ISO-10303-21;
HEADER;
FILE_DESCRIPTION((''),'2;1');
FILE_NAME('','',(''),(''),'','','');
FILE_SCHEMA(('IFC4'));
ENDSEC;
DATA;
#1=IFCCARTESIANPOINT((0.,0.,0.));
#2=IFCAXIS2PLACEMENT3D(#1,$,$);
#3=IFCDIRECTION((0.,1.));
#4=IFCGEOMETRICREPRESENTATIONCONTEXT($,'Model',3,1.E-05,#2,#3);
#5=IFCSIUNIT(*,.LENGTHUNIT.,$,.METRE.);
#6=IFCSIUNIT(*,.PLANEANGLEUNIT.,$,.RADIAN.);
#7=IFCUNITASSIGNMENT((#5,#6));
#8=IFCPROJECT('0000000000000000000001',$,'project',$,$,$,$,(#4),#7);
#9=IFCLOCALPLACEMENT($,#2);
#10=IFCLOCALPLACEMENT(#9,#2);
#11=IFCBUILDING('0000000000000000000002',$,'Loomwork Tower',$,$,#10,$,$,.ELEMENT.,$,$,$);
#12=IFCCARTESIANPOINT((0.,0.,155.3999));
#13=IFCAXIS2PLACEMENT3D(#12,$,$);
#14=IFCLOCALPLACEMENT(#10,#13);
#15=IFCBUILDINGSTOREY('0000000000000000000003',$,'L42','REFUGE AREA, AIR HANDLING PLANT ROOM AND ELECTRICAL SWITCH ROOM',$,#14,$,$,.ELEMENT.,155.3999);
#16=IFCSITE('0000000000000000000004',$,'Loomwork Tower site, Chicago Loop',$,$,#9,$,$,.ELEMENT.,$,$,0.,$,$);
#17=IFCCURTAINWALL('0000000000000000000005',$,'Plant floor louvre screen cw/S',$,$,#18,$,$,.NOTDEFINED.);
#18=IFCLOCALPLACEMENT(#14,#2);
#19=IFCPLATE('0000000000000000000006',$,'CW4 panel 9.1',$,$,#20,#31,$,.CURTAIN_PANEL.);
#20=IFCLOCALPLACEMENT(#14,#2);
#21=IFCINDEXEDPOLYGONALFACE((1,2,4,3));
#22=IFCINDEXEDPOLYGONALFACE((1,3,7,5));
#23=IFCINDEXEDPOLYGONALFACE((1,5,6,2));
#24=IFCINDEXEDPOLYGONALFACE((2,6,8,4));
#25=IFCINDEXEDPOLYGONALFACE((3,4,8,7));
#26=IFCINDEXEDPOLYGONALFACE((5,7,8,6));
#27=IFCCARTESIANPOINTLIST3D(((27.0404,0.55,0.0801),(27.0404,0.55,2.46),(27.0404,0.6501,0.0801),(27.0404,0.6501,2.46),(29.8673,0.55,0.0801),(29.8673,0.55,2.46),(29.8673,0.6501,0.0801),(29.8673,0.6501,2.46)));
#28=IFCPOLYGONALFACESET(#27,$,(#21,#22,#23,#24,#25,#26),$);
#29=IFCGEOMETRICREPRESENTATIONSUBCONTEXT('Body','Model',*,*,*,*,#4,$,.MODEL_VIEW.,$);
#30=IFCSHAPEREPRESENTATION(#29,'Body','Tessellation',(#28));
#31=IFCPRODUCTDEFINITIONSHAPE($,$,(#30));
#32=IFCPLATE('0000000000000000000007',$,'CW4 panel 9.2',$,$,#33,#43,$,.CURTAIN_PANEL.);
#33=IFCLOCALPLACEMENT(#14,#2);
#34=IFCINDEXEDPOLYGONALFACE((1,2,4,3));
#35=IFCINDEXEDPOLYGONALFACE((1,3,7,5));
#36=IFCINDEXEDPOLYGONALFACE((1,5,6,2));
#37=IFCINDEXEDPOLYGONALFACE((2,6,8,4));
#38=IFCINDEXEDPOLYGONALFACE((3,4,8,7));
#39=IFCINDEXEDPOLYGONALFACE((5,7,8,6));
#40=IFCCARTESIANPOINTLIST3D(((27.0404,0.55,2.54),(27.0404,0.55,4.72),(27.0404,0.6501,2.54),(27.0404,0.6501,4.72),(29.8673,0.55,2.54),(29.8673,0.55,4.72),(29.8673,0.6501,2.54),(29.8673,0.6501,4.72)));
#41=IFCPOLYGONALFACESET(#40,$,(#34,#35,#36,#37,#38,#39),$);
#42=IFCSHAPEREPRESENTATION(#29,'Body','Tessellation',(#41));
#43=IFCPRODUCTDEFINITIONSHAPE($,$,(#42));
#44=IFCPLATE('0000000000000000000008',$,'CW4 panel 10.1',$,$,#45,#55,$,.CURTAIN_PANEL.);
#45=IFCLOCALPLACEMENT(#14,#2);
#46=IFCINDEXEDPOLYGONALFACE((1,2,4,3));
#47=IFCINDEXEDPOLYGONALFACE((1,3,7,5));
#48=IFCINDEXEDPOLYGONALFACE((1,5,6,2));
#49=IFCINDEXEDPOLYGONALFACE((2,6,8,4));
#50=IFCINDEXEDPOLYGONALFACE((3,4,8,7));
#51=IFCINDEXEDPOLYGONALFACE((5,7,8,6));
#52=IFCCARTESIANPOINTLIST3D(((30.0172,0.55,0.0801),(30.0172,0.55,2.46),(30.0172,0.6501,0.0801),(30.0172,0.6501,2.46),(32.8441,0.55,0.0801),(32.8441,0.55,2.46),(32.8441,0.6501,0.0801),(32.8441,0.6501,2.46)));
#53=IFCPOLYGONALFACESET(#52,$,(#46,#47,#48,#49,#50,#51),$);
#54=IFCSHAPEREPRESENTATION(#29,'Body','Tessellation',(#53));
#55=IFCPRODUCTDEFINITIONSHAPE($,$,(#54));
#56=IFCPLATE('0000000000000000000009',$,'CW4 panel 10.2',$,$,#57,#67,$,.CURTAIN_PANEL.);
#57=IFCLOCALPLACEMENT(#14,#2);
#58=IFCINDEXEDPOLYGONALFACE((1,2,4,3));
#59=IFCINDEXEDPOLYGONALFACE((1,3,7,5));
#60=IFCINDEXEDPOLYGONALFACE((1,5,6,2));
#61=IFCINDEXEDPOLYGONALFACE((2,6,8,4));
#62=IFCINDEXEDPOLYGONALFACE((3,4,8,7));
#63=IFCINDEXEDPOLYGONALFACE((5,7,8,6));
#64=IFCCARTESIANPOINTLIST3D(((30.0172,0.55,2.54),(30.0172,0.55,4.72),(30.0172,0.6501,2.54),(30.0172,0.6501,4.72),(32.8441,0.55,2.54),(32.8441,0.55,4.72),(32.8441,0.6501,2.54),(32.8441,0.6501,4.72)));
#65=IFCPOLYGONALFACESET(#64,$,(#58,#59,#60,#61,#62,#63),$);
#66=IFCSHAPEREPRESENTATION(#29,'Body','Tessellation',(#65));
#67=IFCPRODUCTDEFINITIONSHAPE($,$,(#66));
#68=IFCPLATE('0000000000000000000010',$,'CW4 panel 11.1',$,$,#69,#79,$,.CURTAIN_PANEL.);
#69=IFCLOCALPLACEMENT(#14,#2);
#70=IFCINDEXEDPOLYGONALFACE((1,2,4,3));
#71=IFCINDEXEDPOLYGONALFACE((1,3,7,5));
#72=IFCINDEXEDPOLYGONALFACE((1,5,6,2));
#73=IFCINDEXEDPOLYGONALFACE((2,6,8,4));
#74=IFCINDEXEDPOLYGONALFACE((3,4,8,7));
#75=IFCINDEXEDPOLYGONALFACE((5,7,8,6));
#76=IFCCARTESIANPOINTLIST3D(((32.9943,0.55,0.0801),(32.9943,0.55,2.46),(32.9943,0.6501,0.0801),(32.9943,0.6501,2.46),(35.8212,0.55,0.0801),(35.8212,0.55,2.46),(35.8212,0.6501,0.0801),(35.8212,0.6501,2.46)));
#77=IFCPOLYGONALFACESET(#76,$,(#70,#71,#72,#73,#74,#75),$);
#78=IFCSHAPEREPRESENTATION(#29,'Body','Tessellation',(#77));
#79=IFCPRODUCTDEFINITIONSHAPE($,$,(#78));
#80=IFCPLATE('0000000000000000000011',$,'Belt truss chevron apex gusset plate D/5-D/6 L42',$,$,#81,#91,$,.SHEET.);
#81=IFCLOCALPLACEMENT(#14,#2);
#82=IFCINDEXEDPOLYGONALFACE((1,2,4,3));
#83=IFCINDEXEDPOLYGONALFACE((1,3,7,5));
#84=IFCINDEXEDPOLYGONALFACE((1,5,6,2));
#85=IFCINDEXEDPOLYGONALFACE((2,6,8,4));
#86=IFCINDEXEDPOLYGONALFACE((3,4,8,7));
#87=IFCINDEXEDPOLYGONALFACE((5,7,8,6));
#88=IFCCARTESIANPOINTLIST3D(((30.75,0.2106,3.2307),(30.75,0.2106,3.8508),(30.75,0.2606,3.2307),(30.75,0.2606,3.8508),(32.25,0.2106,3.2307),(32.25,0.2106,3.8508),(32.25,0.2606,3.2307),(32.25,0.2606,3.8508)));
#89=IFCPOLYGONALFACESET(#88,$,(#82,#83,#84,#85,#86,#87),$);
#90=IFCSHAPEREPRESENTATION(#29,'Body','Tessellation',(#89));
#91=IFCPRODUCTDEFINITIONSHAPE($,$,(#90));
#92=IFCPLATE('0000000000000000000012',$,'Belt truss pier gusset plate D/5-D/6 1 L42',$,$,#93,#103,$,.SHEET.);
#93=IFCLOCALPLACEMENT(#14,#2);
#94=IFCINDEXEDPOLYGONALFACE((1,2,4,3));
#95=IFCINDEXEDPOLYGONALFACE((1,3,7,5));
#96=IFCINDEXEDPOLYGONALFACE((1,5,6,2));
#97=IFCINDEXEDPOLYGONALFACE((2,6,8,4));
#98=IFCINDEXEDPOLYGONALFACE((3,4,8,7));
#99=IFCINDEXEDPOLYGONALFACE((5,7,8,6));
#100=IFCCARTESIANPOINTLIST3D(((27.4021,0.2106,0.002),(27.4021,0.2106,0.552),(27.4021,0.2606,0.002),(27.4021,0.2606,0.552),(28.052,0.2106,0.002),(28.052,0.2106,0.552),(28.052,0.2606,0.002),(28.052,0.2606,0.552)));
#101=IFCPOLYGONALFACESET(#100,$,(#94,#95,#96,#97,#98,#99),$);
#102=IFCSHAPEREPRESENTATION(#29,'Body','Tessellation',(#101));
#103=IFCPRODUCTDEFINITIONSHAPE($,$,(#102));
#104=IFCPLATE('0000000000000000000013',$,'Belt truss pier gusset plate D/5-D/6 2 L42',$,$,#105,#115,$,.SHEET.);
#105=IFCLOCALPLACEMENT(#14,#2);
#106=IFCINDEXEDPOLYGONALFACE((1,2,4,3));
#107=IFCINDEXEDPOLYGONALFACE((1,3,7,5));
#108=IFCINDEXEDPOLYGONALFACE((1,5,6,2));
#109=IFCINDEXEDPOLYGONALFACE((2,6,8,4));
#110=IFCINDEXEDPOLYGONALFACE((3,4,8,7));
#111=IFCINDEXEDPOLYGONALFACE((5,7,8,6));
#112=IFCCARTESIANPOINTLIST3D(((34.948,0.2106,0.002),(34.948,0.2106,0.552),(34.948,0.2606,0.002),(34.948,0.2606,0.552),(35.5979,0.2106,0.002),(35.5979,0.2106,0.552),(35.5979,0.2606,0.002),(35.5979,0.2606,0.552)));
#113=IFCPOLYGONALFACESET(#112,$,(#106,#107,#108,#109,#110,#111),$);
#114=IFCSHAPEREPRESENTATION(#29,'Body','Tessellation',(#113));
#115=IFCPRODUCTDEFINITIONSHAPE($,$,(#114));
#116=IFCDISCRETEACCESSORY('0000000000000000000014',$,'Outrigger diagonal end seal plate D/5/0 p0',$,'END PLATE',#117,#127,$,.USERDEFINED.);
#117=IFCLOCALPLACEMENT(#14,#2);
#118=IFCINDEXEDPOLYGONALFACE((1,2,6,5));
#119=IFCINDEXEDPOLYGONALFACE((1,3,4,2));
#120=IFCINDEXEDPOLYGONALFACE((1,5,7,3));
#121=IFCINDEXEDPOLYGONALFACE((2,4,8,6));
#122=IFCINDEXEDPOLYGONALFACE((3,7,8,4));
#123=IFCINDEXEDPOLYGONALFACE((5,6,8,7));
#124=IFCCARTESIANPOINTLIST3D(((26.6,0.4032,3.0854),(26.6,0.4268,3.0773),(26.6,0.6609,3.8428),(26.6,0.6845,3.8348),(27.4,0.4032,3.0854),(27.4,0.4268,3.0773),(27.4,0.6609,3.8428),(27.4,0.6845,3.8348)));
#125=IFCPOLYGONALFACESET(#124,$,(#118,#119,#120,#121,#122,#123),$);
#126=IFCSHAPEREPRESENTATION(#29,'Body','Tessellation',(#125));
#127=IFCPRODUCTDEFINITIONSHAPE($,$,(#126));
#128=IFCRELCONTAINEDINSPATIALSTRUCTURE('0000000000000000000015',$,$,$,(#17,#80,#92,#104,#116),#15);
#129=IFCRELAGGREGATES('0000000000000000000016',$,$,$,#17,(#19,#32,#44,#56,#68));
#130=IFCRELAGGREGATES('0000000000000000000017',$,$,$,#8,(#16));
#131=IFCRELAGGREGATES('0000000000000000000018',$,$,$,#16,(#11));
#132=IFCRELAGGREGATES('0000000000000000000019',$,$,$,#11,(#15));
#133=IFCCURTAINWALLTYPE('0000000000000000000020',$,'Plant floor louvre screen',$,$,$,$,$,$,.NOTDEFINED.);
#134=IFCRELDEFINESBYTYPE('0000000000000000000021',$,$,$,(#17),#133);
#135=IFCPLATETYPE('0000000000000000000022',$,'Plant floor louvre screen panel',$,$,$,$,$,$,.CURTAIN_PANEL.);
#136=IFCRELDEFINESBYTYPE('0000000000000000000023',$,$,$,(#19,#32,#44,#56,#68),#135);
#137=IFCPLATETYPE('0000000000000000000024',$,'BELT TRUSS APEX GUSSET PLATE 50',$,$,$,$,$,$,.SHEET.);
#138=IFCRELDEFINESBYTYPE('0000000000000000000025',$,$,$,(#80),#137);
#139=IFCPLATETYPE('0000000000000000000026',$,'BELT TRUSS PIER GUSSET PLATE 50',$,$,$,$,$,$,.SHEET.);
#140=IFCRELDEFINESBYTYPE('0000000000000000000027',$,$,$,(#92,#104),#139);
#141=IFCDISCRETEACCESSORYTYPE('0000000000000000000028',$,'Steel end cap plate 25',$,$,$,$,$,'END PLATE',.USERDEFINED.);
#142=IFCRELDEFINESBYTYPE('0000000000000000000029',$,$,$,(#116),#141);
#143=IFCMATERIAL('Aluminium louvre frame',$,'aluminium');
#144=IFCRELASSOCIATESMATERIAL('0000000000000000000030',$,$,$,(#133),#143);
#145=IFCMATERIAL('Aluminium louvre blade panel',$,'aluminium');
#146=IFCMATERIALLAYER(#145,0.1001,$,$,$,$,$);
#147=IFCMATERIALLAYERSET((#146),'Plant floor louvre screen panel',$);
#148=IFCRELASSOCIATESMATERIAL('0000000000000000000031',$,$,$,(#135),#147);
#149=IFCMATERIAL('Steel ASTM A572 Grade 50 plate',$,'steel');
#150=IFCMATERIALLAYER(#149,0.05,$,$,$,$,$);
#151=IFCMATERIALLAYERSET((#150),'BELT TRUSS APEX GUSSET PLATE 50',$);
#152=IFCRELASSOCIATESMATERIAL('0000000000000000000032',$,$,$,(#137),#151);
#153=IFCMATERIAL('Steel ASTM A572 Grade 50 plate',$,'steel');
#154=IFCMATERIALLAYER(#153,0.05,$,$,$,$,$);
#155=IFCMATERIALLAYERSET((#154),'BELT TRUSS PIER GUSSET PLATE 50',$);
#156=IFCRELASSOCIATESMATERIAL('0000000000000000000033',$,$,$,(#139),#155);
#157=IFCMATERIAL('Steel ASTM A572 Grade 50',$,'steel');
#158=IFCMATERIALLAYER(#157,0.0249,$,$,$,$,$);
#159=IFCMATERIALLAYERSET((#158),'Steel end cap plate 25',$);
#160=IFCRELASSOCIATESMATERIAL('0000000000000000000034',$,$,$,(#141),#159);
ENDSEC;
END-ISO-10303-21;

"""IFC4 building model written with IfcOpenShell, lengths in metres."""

from ifc_helpers import new_model, si_unit, direction, frame, origin, origin_2d, place, context, subcontext, project, spatial, rectangle, extrude, material, layer, layer_set, type_object, element, aggregate, save


model = new_model("IFC4")

# Units and contexts
model_context = context("Model", 3, precision=1e-05, world=origin(), true_north=direction((0.0, 1.0)))
body_context = subcontext(model_context, "Body", "Model", "MODEL_VIEW")
ifc_project = project(units=[si_unit("LENGTHUNIT", "METRE"), si_unit("PLANEANGLEUNIT", "RADIAN")], contexts=[model_context])

# Site, building, storey
site_placement = place(None, origin())
site = spatial("IfcSite", under=ifc_project, at=site_placement, Name="Loomwork Tower site, Chicago Loop", CompositionType="ELEMENT", RefElevation=0.0)
building_placement = place(site_placement, origin())
building = spatial("IfcBuilding", under=site, at=building_placement, Name="Loomwork Tower", CompositionType="ELEMENT")
storey_placement = place(building_placement, frame((0.0, 0.0, 155.3999)))
storey = spatial("IfcBuildingStorey", under=building, at=storey_placement, Name="L42", Description="REFUGE AREA, AIR HANDLING PLANT ROOM AND ELECTRICAL SWITCH ROOM", CompositionType="ELEMENT", Elevation=155.3999)

# Curtain wall, plates
ifc_material_1 = material(Name="Aluminium louvre frame", Category="aluminium")
curtain_wall_type = type_object("IfcCurtainWallType", Name="Plant floor louvre screen", PredefinedType="NOTDEFINED", material=ifc_material_1)
curtain_wall_placement = place(storey_placement, origin())
curtain_wall = element("IfcCurtainWall", 1, at=curtain_wall_placement, inside=storey, type_object=curtain_wall_type, Name="Plant floor louvre screen cw/S", PredefinedType="NOTDEFINED")
ifc_material_2 = material(Name="Aluminium louvre blade panel", Category="aluminium")
ifc_layer_1 = layer(ifc_material_2, 0.1001)
ifc_layer_set_1 = layer_set([ifc_layer_1], Name="Plant floor louvre screen panel")
plate_type_1 = type_object("IfcPlateType", Name="Plant floor louvre screen panel", PredefinedType="CURTAIN_PANEL", material=ifc_layer_set_1)
plate_1_placement = place(storey_placement, frame((28.4539, 0.6001, 0.0801), z_axis=(0.0, 0.0, 1.0), x_axis=(1.0, 0.0, 0.0)))
plate_1 = element("IfcPlate", 2, at=plate_1_placement, type_object=plate_type_1, Name="CW4 panel 9.1", PredefinedType="CURTAIN_PANEL", context=body_context, shape_type="SweptSolid", body=[
    extrude(rectangle(XDim=2.8269, YDim=0.1001, at=origin_2d()), origin(), (0.0, 0.0, 1.0), 2.3799),
])
plate_2_placement = place(storey_placement, frame((28.4539, 0.6001, 2.54), z_axis=(0.0, 0.0, 1.0), x_axis=(1.0, 0.0, 0.0)))
plate_2 = element("IfcPlate", 3, at=plate_2_placement, type_object=plate_type_1, Name="CW4 panel 9.2", PredefinedType="CURTAIN_PANEL", context=body_context, shape_type="SweptSolid", body=[
    extrude(rectangle(XDim=2.8269, YDim=0.1001, at=origin_2d()), origin(), (0.0, 0.0, 1.0), 2.1799),
])
plate_3_placement = place(storey_placement, frame((31.4307, 0.6001, 0.0801), z_axis=(0.0, 0.0, 1.0), x_axis=(1.0, 0.0, 0.0)))
plate_3 = element("IfcPlate", 4, at=plate_3_placement, type_object=plate_type_1, Name="CW4 panel 10.1", PredefinedType="CURTAIN_PANEL", context=body_context, shape_type="SweptSolid", body=[
    extrude(rectangle(XDim=2.8269, YDim=0.1001, at=origin_2d()), origin(), (0.0, 0.0, 1.0), 2.3799),
])
plate_4_placement = place(storey_placement, frame((31.4307, 0.6001, 2.54), z_axis=(0.0, 0.0, 1.0), x_axis=(1.0, 0.0, 0.0)))
plate_4 = element("IfcPlate", 5, at=plate_4_placement, type_object=plate_type_1, Name="CW4 panel 10.2", PredefinedType="CURTAIN_PANEL", context=body_context, shape_type="SweptSolid", body=[
    extrude(rectangle(XDim=2.8269, YDim=0.1001, at=origin_2d()), origin(), (0.0, 0.0, 1.0), 2.1799),
])
plate_5_placement = place(storey_placement, frame((34.4077, 0.6001, 0.0801), z_axis=(0.0, 0.0, 1.0), x_axis=(1.0, 0.0, 0.0)))
plate_5 = element("IfcPlate", 6, at=plate_5_placement, type_object=plate_type_1, Name="CW4 panel 11.1", PredefinedType="CURTAIN_PANEL", context=body_context, shape_type="SweptSolid", body=[
    extrude(rectangle(XDim=2.8269, YDim=0.1001, at=origin_2d()), origin(), (0.0, 0.0, 1.0), 2.3799),
])
aggregate(curtain_wall, [plate_1, plate_2, plate_3, plate_4, plate_5])

# Plates
ifc_material_3 = material(Name="Steel ASTM A572 Grade 50 plate", Category="steel")
ifc_layer_2 = layer(ifc_material_3, 0.05)
ifc_layer_set_2 = layer_set([ifc_layer_2], Name="BELT TRUSS APEX GUSSET PLATE 50")
plate_type_2 = type_object("IfcPlateType", Name="BELT TRUSS APEX GUSSET PLATE 50", PredefinedType="SHEET", material=ifc_layer_set_2)
plate_6_placement = place(storey_placement, frame((31.5, 0.2356, 3.2307), z_axis=(0.0, 0.0, 1.0), x_axis=(1.0, 0.0, 0.0)))
element("IfcPlate", 7, at=plate_6_placement, inside=storey, type_object=plate_type_2, Name="Belt truss chevron apex gusset plate D/5-D/6 L42", PredefinedType="SHEET", context=body_context, shape_type="SweptSolid", body=[
    extrude(rectangle(XDim=1.5, YDim=0.05, at=origin_2d()), origin(), (0.0, 0.0, 1.0), 0.6201),
])
ifc_material_4 = material(Name="Steel ASTM A572 Grade 50 plate", Category="steel")
ifc_layer_3 = layer(ifc_material_4, 0.05)
ifc_layer_set_3 = layer_set([ifc_layer_3], Name="BELT TRUSS PIER GUSSET PLATE 50")
plate_type_3 = type_object("IfcPlateType", Name="BELT TRUSS PIER GUSSET PLATE 50", PredefinedType="SHEET", material=ifc_layer_set_3)
for number, where, z_axis, x_axis, name in (
    (8, (27.7271, 0.2356, 0.002), (0.0, 0.0, 1.0), (1.0, 0.0, 0.0), "Belt truss pier gusset plate D/5-D/6 1 L42"),
    (9, (35.2729, 0.2356, 0.002), (0.0, 0.0, 1.0), (1.0, 0.0, 0.0), "Belt truss pier gusset plate D/5-D/6 2 L42"),
):
    element("IfcPlate", number, at=place(storey_placement, frame(where, z_axis=z_axis, x_axis=x_axis)), inside=storey, type_object=plate_type_3, Name=name, PredefinedType="SHEET", context=body_context, shape_type="SweptSolid", body=[
        extrude(rectangle(XDim=0.6499, YDim=0.05, at=origin_2d()), origin(), (0.0, 0.0, 1.0), 0.55),
    ])

# Discrete accessory
ifc_material_5 = material(Name="Steel ASTM A572 Grade 50", Category="steel")
ifc_layer_4 = layer(ifc_material_5, 0.0249)
ifc_layer_set_4 = layer_set([ifc_layer_4], Name="Steel end cap plate 25")
discrete_accessory_type = type_object("IfcDiscreteAccessoryType", Name="Steel end cap plate 25", ElementType="END PLATE", PredefinedType="USERDEFINED", material=ifc_layer_set_4)
discrete_accessory_placement = place(storey_placement, frame((27.0, 0.5557, 3.4561), z_axis=(0.0, -0.946713, 0.322078), x_axis=(1.0, 0.0, 0.0)))
element("IfcDiscreteAccessory", 10, at=discrete_accessory_placement, inside=storey, type_object=discrete_accessory_type, Name="Outrigger diagonal end seal plate D/5/0 p0", ObjectType="END PLATE", PredefinedType="USERDEFINED", context=body_context, shape_type="SweptSolid", body=[
    extrude(rectangle(XDim=0.8, YDim=0.8, at=origin_2d()), origin(), (0.0, 0.0, 1.0), 0.0249),
])

save(model, "model.ifc")
